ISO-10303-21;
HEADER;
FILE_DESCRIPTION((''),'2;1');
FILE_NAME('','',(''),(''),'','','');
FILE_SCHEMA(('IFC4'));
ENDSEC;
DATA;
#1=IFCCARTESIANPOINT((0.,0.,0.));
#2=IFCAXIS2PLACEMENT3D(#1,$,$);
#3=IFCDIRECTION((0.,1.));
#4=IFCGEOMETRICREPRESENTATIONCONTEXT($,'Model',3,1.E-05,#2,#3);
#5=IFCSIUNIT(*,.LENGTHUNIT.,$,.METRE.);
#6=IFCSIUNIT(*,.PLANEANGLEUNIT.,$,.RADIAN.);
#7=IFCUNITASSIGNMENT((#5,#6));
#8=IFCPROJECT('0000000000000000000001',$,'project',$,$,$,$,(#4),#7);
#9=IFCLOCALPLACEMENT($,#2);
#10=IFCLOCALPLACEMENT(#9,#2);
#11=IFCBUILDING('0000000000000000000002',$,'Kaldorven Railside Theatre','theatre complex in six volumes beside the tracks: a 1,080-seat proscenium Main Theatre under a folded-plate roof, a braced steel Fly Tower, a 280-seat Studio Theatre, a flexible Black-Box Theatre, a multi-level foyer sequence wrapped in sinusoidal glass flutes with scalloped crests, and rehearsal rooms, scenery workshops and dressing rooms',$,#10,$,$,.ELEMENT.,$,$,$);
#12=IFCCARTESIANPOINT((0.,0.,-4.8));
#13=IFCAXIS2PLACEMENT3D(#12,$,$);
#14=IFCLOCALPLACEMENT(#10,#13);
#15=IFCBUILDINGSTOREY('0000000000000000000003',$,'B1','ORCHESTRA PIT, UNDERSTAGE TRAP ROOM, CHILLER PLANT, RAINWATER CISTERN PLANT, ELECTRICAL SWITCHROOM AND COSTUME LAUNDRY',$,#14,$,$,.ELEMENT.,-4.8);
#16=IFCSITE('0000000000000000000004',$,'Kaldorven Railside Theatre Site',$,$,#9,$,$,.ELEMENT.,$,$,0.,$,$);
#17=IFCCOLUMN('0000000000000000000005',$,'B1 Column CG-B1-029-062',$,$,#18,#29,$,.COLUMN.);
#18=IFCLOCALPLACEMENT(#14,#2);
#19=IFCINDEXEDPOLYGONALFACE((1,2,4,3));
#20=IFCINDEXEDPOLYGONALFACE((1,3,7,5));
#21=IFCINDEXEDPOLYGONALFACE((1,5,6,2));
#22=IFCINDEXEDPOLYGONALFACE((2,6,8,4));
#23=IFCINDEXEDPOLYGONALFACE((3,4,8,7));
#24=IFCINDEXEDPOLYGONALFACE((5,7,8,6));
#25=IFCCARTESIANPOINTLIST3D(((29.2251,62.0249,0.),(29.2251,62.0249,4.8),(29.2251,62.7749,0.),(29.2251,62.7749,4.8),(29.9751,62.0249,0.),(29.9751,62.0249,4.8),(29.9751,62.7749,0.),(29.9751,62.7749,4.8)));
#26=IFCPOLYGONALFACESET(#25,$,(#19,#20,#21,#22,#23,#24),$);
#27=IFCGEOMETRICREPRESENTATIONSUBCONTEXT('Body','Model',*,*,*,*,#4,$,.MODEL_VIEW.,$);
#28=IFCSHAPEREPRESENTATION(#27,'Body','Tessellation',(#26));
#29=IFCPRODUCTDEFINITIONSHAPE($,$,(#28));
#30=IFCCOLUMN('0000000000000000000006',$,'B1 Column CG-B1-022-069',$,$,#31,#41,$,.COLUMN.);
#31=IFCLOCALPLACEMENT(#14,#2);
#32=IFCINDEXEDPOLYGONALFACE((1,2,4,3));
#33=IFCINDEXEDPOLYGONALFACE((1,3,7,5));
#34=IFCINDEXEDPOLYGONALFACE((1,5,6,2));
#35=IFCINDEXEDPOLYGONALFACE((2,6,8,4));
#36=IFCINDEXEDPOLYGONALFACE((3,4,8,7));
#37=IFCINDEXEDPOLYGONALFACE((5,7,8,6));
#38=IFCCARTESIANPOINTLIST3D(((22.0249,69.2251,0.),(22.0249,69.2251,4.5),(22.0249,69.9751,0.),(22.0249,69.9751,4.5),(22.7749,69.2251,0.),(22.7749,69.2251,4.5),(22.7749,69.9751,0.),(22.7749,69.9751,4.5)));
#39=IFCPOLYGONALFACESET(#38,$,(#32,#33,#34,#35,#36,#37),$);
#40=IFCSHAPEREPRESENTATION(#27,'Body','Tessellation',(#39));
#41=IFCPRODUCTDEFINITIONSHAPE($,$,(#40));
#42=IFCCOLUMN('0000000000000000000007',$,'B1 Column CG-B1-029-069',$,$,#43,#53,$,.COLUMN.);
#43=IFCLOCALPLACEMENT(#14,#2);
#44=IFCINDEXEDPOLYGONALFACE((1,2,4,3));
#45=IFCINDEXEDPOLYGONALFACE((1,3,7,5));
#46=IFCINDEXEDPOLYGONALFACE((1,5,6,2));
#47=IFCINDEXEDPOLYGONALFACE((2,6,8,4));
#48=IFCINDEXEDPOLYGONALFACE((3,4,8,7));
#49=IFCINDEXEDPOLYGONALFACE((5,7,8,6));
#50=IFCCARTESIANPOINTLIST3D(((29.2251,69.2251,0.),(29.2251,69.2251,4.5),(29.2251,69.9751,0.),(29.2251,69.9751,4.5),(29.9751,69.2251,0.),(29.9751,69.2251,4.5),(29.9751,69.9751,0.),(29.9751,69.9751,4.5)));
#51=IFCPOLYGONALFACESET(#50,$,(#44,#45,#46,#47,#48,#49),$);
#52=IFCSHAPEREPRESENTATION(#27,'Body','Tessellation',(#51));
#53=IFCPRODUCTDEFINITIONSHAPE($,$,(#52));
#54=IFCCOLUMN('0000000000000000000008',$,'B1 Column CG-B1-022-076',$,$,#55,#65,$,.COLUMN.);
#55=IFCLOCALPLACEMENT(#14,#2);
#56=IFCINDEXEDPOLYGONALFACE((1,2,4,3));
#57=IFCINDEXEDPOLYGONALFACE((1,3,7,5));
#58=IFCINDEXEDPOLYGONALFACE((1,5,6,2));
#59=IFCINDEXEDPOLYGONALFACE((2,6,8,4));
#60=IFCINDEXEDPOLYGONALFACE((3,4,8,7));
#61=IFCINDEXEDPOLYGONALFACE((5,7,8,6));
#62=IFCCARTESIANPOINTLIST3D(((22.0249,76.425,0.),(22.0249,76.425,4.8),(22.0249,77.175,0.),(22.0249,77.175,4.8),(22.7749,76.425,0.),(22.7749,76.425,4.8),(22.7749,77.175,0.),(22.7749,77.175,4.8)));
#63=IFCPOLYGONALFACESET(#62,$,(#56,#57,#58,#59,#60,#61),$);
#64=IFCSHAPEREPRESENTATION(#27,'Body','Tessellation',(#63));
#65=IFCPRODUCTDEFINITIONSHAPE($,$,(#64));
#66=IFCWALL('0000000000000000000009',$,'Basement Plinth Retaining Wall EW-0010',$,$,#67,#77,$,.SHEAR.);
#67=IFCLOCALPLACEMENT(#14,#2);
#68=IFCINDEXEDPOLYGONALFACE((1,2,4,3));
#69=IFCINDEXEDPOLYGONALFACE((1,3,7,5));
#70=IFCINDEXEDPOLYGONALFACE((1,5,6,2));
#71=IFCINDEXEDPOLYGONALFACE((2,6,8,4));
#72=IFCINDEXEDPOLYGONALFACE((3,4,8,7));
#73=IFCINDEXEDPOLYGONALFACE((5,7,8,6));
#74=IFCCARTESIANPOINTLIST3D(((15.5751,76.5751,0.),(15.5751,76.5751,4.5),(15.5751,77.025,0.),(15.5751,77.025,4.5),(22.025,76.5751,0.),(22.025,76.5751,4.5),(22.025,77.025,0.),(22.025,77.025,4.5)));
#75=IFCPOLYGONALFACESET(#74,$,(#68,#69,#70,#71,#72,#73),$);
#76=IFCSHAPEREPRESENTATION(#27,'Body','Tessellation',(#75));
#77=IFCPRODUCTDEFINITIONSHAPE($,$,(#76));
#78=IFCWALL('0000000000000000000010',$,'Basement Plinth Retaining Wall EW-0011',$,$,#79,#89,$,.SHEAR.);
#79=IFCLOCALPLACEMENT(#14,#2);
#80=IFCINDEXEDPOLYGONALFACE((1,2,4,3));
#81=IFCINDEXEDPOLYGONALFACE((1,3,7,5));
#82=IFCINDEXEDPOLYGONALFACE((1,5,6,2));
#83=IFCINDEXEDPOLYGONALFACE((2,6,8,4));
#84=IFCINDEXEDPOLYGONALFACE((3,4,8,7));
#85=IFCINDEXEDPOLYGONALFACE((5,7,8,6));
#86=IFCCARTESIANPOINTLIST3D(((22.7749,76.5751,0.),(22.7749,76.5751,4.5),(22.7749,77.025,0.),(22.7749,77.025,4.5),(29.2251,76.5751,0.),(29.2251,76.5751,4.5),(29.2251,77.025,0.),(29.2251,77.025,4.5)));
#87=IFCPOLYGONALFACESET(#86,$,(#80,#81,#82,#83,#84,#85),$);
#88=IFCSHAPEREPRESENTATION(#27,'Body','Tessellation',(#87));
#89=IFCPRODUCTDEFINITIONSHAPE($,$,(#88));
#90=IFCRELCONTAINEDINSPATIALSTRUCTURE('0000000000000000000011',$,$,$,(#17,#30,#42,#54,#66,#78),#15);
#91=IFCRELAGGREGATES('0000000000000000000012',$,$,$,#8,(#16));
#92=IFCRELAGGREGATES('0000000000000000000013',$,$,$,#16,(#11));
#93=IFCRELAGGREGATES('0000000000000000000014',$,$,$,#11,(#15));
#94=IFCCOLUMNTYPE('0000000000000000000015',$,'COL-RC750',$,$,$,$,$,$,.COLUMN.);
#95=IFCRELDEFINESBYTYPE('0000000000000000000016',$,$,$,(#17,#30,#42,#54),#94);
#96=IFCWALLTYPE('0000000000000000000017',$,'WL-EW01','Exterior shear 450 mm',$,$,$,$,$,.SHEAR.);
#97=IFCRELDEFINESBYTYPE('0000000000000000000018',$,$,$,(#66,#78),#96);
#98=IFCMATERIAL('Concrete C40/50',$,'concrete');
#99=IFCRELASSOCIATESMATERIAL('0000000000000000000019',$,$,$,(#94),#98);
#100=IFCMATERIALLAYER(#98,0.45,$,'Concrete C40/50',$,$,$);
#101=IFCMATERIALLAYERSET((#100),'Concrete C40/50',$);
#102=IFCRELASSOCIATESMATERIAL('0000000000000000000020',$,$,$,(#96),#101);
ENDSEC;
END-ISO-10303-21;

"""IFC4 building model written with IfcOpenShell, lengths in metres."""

from ifc_helpers import new_model, si_unit, direction, frame, frame_2d, origin, origin_2d, place, context, subcontext, project, spatial, rectangle, extrude, material, layer, layer_set, material_profile, profile_set, type_object, element, save


model = new_model("IFC4")

# Units and contexts
model_context = context("Model", 3, precision=1e-05, world=origin(), true_north=direction((0.0, 1.0)))
body_context = subcontext(model_context, "Body", "Model", "MODEL_VIEW")
ifc_project = project(units=[si_unit("LENGTHUNIT", "METRE"), si_unit("PLANEANGLEUNIT", "RADIAN")], contexts=[model_context])

# Site, building, storey
site_placement = place(None, origin())
site = spatial("IfcSite", under=ifc_project, at=site_placement, Name="Kaldorven Railside Theatre Site", CompositionType="ELEMENT", RefElevation=0.0)
building_placement = place(site_placement, origin())
building = spatial("IfcBuilding", under=site, at=building_placement, Name="Kaldorven Railside Theatre", Description="theatre complex in six volumes beside the tracks: a 1,080-seat proscenium Main Theatre under a folded-plate roof, a braced steel Fly Tower, a 280-seat Studio Theatre, a flexible Black-Box Theatre, a multi-level foyer sequence wrapped in sinusoidal glass flutes with scalloped crests, and rehearsal rooms, scenery workshops and dressing rooms", CompositionType="ELEMENT")
storey_placement = place(building_placement, frame((0.0, 0.0, -4.8)))
storey = spatial("IfcBuildingStorey", under=building, at=storey_placement, Name="B1", Description="ORCHESTRA PIT, UNDERSTAGE TRAP ROOM, CHILLER PLANT, RAINWATER CISTERN PLANT, ELECTRICAL SWITCHROOM AND COSTUME LAUNDRY", CompositionType="ELEMENT", Elevation=-4.8)

# Shared definitions
ifc_material_1 = material(Name="Concrete C40/50", Category="concrete")

# Columns
ifc_material_profile_1 = material_profile(ifc_material_1, rectangle(XDim=0.75, YDim=0.75, at=origin_2d()), Name="RC 750x750")
ifc_profile_set_1 = profile_set([ifc_material_profile_1], Name="Concrete C40/50")
column_type = type_object("IfcColumnType", Name="COL-RC750", PredefinedType="COLUMN", material=ifc_profile_set_1)
for number, where, z_axis, x_axis, name in (
    (1, (29.6001, 62.3999, 0.0), (0.0, 0.0, 1.0), (1.0, 0.0, 0.0), "B1 Column CG-B1-029-062"),
):
    element("IfcColumn", number, at=place(storey_placement, frame(where, z_axis=z_axis, x_axis=x_axis)), inside=storey, type_object=column_type, Name=name, PredefinedType="COLUMN", context=body_context, shape_type="SweptSolid", body=[
        extrude(rectangle(XDim=0.75, YDim=0.75, at=origin_2d()), origin(), (0.0, 0.0, 1.0), 4.8),
    ])
for number, where, z_axis, x_axis, name in (
    (2, (22.3999, 69.6001, 0.0), (0.0, 0.0, 1.0), (1.0, 0.0, 0.0), "B1 Column CG-B1-022-069"),
    (3, (29.6001, 69.6001, 0.0), (0.0, 0.0, 1.0), (0.0, 1.0, 0.0), "B1 Column CG-B1-029-069"),
):
    element("IfcColumn", number, at=place(storey_placement, frame(where, z_axis=z_axis, x_axis=x_axis)), inside=storey, type_object=column_type, Name=name, PredefinedType="COLUMN", context=body_context, shape_type="SweptSolid", body=[
        extrude(rectangle(XDim=0.75, YDim=0.75, at=origin_2d()), origin(), (0.0, 0.0, 1.0), 4.5),
    ])
column_placement = place(storey_placement, frame((22.3999, 76.8, 0.0), z_axis=(0.0, 0.0, 1.0), x_axis=(0.0, 1.0, 0.0)))
element("IfcColumn", 4, at=column_placement, inside=storey, type_object=column_type, Name="B1 Column CG-B1-022-076", PredefinedType="COLUMN", context=body_context, shape_type="SweptSolid", body=[
    extrude(rectangle(XDim=0.75, YDim=0.75, at=origin_2d()), origin(), (0.0, 0.0, 1.0), 4.8),
])

# Walls
ifc_layer = layer(ifc_material_1, 0.45, Name="Concrete C40/50")
ifc_layer_set = layer_set([ifc_layer], Name="Concrete C40/50")
wall_type = type_object("IfcWallType", Name="WL-EW01", Description="Exterior shear 450 mm", PredefinedType="SHEAR", material=ifc_layer_set)
wall_1_placement = place(storey_placement, frame((15.575, 76.8, 0.0), z_axis=(0.0, 0.0, 1.0), x_axis=(1.0, 0.0, 0.0)))
element("IfcWall", 5, at=wall_1_placement, inside=storey, type_object=wall_type, Name="Basement Plinth Retaining Wall EW-0010", PredefinedType="SHEAR", context=body_context, shape_type="SweptSolid", body=[
    extrude(rectangle(XDim=6.45, YDim=0.45, at=frame_2d((3.2251, 0.0))), origin(), (0.0, 0.0, 1.0), 4.5),
])
wall_2_placement = place(storey_placement, frame((22.7749, 76.8, 0.0), z_axis=(0.0, 0.0, 1.0), x_axis=(1.0, 0.0, 0.0)))
element("IfcWall", 6, at=wall_2_placement, inside=storey, type_object=wall_type, Name="Basement Plinth Retaining Wall EW-0011", PredefinedType="SHEAR", context=body_context, shape_type="SweptSolid", body=[
    extrude(rectangle(XDim=6.4502, YDim=0.45, at=frame_2d((3.2251, 0.0))), origin(), (0.0, 0.0, 1.0), 4.5),
])

save(model, "model.ifc")
